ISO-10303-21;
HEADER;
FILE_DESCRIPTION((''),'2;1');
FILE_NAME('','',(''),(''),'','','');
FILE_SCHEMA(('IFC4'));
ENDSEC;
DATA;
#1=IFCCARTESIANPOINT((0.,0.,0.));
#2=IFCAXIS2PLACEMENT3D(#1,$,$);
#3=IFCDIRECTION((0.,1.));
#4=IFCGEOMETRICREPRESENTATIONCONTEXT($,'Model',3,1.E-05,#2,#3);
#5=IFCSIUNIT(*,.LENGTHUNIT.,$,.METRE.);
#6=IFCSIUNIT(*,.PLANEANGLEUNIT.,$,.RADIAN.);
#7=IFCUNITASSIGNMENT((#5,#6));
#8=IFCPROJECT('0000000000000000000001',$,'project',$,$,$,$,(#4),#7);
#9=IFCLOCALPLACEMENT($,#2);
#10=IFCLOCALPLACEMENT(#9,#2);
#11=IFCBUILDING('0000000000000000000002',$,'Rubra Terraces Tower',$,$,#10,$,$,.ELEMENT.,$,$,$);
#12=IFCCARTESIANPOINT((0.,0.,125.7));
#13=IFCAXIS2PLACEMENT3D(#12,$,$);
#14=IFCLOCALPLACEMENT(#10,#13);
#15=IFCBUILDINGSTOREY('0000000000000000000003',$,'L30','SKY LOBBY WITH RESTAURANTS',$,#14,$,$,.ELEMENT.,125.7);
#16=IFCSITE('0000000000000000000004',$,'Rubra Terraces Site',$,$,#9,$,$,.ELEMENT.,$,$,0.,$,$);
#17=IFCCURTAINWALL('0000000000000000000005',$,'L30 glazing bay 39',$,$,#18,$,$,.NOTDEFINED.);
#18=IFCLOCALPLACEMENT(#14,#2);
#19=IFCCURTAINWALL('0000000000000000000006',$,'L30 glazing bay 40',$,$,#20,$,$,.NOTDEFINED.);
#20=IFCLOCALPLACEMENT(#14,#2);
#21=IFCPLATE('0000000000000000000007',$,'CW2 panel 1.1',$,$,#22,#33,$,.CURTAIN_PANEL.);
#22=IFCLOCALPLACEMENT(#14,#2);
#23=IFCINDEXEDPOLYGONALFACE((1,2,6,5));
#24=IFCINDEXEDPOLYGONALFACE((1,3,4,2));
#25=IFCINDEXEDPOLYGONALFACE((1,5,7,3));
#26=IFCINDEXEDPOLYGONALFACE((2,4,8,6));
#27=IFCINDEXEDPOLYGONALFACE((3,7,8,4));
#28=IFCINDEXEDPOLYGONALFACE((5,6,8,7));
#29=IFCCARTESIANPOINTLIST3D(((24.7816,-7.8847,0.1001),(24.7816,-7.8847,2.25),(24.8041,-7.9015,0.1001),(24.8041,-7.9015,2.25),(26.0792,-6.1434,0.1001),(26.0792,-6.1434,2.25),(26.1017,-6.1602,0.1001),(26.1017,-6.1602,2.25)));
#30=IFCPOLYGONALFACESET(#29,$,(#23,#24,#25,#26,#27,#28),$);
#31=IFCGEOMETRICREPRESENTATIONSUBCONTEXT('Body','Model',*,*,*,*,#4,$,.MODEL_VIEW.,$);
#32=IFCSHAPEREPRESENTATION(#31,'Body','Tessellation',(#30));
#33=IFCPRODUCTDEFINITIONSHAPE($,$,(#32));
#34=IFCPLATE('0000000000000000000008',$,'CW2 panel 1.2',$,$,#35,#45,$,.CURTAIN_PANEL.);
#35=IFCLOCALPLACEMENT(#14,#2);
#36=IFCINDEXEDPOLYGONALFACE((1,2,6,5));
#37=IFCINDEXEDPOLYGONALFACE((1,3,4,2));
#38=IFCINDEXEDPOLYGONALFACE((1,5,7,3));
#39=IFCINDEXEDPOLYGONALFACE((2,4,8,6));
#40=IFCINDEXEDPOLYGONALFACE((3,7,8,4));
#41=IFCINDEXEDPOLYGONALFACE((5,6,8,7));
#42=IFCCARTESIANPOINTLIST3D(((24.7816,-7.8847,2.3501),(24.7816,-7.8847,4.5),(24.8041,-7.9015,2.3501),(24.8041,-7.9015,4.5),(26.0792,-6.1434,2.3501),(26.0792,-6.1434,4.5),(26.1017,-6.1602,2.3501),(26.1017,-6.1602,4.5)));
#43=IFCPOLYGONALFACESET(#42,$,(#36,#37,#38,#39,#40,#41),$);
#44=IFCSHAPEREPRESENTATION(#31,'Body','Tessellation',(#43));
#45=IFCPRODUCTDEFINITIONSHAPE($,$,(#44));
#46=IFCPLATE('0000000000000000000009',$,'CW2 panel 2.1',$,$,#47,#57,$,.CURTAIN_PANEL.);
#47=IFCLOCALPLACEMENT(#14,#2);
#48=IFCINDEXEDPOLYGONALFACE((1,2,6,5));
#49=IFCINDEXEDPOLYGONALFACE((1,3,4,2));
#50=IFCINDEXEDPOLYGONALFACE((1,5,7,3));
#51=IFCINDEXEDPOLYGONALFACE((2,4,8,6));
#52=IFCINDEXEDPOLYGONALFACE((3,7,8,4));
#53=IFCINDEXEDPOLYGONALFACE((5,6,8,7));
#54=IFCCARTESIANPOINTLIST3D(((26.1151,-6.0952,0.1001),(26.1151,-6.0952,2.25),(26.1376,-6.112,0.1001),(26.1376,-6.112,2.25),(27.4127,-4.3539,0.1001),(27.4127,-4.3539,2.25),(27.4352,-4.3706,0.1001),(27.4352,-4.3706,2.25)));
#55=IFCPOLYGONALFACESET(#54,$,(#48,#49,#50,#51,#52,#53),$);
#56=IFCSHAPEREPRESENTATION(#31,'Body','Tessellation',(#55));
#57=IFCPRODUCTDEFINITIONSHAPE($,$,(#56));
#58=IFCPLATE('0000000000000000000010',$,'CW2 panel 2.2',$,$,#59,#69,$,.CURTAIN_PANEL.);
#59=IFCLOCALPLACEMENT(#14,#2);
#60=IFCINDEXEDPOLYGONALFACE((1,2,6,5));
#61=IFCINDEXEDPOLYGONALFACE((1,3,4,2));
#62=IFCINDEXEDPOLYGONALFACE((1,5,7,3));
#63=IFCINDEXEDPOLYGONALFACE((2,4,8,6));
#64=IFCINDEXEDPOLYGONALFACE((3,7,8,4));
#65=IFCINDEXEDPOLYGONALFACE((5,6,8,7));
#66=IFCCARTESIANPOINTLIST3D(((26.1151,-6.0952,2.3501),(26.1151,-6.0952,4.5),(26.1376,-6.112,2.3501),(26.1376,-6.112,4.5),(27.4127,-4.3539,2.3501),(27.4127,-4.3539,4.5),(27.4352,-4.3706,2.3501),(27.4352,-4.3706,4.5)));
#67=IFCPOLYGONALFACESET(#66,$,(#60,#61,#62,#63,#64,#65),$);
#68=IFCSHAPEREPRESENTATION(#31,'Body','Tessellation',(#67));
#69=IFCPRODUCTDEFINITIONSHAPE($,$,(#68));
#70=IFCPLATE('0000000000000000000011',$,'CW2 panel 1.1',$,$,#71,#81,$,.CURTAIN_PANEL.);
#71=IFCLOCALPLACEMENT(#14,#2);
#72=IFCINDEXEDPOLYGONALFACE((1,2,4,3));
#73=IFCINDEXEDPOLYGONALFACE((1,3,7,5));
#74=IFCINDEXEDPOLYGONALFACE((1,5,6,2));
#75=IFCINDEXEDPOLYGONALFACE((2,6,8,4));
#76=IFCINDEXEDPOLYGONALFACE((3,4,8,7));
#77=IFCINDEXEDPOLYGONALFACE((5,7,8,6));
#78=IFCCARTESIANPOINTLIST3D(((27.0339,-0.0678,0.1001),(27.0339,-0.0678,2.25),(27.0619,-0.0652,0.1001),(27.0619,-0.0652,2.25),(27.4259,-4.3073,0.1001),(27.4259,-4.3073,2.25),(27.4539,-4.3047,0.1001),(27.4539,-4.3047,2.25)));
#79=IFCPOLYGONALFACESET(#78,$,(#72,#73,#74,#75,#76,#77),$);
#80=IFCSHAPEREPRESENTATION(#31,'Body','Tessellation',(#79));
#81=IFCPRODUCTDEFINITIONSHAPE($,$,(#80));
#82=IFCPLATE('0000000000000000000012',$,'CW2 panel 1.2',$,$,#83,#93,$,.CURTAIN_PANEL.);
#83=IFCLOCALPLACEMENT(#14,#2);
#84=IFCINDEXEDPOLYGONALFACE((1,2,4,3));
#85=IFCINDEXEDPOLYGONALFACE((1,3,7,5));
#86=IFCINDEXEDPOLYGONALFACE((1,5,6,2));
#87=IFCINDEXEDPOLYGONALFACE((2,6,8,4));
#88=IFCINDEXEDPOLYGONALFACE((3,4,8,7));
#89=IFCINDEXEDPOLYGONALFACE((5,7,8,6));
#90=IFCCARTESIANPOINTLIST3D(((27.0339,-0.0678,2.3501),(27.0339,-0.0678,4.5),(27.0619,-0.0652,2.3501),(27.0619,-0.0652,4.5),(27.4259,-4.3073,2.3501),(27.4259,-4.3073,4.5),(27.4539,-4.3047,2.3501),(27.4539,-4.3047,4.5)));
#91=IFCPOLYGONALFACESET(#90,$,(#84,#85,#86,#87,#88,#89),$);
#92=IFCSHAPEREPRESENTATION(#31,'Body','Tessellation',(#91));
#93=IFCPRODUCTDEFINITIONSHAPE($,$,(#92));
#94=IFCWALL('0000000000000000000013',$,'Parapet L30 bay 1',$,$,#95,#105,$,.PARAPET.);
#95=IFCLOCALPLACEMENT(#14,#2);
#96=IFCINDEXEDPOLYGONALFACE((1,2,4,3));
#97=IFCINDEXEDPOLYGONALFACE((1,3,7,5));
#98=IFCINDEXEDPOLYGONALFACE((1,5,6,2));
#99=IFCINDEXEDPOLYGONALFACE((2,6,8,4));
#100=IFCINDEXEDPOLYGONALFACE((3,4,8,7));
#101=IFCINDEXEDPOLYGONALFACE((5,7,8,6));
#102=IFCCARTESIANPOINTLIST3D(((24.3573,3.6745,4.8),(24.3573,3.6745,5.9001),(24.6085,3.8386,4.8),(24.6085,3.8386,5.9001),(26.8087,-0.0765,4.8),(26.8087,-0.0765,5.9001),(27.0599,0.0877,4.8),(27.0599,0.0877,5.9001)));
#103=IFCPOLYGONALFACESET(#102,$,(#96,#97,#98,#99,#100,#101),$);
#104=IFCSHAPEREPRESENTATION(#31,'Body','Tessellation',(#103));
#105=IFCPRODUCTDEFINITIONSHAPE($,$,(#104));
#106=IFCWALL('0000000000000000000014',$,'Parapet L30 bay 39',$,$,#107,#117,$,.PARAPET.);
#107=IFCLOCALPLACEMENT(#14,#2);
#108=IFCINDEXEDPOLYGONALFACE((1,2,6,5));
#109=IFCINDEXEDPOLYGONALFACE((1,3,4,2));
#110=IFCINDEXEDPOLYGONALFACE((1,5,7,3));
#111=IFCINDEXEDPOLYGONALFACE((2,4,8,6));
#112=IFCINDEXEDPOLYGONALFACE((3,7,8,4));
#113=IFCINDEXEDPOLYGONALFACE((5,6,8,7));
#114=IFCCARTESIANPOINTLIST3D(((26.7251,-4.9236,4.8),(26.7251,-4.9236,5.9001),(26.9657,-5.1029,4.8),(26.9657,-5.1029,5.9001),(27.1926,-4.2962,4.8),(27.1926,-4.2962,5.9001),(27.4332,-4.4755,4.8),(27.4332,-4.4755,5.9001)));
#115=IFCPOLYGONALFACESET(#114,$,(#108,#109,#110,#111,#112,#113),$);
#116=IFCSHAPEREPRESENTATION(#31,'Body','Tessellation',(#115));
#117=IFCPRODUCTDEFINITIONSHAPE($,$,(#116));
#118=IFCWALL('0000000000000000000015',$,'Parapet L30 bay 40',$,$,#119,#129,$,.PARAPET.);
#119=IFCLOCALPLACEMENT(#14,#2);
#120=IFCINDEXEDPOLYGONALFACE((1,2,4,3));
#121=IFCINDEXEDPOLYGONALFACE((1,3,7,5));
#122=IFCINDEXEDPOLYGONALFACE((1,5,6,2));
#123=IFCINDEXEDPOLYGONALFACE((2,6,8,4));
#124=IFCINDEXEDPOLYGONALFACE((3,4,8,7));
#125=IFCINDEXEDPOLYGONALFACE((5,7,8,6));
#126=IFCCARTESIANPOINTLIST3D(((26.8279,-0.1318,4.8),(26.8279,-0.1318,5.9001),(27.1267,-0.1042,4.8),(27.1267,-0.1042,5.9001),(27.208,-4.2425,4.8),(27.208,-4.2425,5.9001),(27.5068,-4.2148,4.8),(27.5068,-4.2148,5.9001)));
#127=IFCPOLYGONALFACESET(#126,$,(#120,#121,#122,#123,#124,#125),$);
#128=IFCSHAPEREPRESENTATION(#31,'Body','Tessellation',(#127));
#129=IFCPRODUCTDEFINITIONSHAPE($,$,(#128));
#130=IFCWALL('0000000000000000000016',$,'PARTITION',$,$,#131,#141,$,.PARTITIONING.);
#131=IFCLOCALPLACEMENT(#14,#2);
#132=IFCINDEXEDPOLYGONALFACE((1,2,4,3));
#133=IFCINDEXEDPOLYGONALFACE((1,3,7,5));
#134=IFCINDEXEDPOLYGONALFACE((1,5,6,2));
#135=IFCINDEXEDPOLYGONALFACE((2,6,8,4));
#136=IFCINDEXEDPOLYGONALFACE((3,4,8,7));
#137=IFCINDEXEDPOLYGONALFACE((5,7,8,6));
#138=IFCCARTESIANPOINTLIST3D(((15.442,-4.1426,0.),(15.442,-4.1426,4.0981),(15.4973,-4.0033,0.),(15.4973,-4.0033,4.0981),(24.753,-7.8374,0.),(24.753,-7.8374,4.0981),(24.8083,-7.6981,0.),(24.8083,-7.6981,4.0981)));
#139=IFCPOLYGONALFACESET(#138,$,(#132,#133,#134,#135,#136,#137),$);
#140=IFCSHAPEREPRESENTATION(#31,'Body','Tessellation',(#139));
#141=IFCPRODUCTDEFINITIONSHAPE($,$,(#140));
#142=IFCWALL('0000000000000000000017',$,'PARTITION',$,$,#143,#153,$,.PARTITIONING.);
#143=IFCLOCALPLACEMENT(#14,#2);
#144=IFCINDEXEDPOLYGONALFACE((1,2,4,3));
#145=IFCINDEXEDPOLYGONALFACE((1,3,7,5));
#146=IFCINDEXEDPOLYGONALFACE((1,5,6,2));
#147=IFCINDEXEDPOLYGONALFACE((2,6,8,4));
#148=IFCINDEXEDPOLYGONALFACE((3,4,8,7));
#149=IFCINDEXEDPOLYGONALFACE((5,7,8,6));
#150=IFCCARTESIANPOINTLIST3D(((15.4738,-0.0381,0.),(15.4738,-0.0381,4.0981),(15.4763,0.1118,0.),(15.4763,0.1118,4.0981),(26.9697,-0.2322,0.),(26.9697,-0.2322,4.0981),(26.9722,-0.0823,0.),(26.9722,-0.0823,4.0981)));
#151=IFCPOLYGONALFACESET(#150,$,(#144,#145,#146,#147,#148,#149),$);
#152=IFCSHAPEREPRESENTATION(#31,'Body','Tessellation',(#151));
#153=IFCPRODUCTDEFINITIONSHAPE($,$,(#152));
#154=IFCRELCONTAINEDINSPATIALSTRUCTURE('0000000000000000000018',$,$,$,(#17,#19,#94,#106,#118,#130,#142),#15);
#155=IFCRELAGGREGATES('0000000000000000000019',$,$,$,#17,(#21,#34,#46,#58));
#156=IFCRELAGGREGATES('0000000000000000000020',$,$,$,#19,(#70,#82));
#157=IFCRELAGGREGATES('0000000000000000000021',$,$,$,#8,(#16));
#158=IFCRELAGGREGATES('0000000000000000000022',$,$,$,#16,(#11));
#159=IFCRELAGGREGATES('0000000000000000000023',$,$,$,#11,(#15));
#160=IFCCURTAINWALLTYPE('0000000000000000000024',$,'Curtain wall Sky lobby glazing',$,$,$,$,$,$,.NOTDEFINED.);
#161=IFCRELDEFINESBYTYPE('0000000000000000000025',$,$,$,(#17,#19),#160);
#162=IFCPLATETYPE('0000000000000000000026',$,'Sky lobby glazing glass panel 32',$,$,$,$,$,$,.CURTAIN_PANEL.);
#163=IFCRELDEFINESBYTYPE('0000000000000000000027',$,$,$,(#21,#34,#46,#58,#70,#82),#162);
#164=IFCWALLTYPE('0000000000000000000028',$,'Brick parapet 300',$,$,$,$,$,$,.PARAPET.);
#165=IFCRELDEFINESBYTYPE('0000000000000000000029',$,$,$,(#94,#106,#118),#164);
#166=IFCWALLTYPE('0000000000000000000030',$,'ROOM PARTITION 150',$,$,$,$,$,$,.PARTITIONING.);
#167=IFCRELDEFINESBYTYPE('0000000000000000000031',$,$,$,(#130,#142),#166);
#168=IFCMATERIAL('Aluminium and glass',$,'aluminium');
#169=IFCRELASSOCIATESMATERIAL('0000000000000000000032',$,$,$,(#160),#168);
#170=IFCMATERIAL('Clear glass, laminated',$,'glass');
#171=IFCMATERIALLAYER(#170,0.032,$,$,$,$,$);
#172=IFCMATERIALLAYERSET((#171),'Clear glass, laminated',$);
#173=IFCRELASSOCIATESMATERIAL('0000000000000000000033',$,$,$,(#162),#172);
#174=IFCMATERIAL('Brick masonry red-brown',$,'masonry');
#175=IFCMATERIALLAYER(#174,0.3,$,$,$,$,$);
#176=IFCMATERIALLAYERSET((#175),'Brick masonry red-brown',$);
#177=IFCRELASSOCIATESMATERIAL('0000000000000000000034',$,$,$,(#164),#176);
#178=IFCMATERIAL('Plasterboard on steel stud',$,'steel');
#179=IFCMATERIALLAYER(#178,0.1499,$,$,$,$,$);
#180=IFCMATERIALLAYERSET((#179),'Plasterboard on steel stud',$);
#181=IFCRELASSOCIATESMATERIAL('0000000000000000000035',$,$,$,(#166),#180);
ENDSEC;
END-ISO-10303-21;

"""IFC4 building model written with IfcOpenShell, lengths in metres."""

from ifc_helpers import new_model, si_unit, direction, frame, frame_2d, origin, origin_2d, place, context, subcontext, project, spatial, rectangle, extrude, material, layer, layer_set, type_object, element, aggregate, save


model = new_model("IFC4")

# Units and contexts
model_context = context("Model", 3, precision=1e-05, world=origin(), true_north=direction((0.0, 1.0)))
body_context = subcontext(model_context, "Body", "Model", "MODEL_VIEW")
ifc_project = project(units=[si_unit("LENGTHUNIT", "METRE"), si_unit("PLANEANGLEUNIT", "RADIAN")], contexts=[model_context])

# Site, building, storey
site_placement = place(None, origin())
site = spatial("IfcSite", under=ifc_project, at=site_placement, Name="Rubra Terraces Site", CompositionType="ELEMENT", RefElevation=0.0)
building_placement = place(site_placement, origin())
building = spatial("IfcBuilding", under=site, at=building_placement, Name="Rubra Terraces Tower", CompositionType="ELEMENT")
storey_placement = place(building_placement, frame((0.0, 0.0, 125.7)))
storey = spatial("IfcBuildingStorey", under=building, at=storey_placement, Name="L30", Description="SKY LOBBY WITH RESTAURANTS", CompositionType="ELEMENT", Elevation=125.7)

# Curtain walls
ifc_material_1 = material(Name="Aluminium and glass", Category="aluminium")
curtain_wall_type = type_object("IfcCurtainWallType", Name="Curtain wall Sky lobby glazing", PredefinedType="NOTDEFINED", material=ifc_material_1)
curtain_wall_1_placement = place(storey_placement, origin())
curtain_wall_1 = element("IfcCurtainWall", 1, at=curtain_wall_1_placement, inside=storey, type_object=curtain_wall_type, Name="L30 glazing bay 39", PredefinedType="NOTDEFINED")
curtain_wall_2_placement = place(storey_placement, origin())
curtain_wall_2 = element("IfcCurtainWall", 2, at=curtain_wall_2_placement, inside=storey, type_object=curtain_wall_type, Name="L30 glazing bay 40", PredefinedType="NOTDEFINED")

# Plates
ifc_material_2 = material(Name="Clear glass, laminated", Category="glass")
ifc_layer_1 = layer(ifc_material_2, 0.032)
ifc_layer_set_1 = layer_set([ifc_layer_1], Name="Clear glass, laminated")
plate_type = type_object("IfcPlateType", Name="Sky lobby glazing glass panel 32", PredefinedType="CURTAIN_PANEL", material=ifc_layer_set_1)
plate_1_placement = place(storey_placement, frame((25.4417, -7.0225, 0.1001), z_axis=(0.0, 0.0, 1.0), x_axis=(0.597532, 0.801845, 0.0)))
plate_1 = element("IfcPlate", 3, at=plate_1_placement, type_object=plate_type, Name="CW2 panel 1.1", PredefinedType="CURTAIN_PANEL", context=body_context, shape_type="SweptSolid", body=[
    extrude(rectangle(XDim=2.1716, YDim=0.0281, at=origin_2d()), origin(), (0.0, 0.0, 1.0), 2.1499),
])
plate_2_placement = place(storey_placement, frame((25.4417, -7.0225, 2.3501), z_axis=(0.0, 0.0, 1.0), x_axis=(0.597532, 0.801845, 0.0)))
plate_2 = element("IfcPlate", 4, at=plate_2_placement, type_object=plate_type, Name="CW2 panel 1.2", PredefinedType="CURTAIN_PANEL", context=body_context, shape_type="SweptSolid", body=[
    extrude(rectangle(XDim=2.1716, YDim=0.0281, at=origin_2d()), origin(), (0.0, 0.0, 1.0), 2.1499),
])
plate_3_placement = place(storey_placement, frame((26.7751, -5.2329, 0.1001), z_axis=(0.0, 0.0, 1.0), x_axis=(0.597532, 0.801845, 0.0)))
plate_3 = element("IfcPlate", 5, at=plate_3_placement, type_object=plate_type, Name="CW2 panel 2.1", PredefinedType="CURTAIN_PANEL", context=body_context, shape_type="SweptSolid", body=[
    extrude(rectangle(XDim=2.1716, YDim=0.0281, at=origin_2d()), origin(), (0.0, 0.0, 1.0), 2.1499),
])
plate_4_placement = place(storey_placement, frame((26.7751, -5.2329, 2.3501), z_axis=(0.0, 0.0, 1.0), x_axis=(0.597532, 0.801845, 0.0)))
plate_4 = element("IfcPlate", 6, at=plate_4_placement, type_object=plate_type, Name="CW2 panel 2.2", PredefinedType="CURTAIN_PANEL", context=body_context, shape_type="SweptSolid", body=[
    extrude(rectangle(XDim=2.1716, YDim=0.0281, at=origin_2d()), origin(), (0.0, 0.0, 1.0), 2.1499),
])
aggregate(curtain_wall_1, [plate_1, plate_2, plate_3, plate_4])
plate_5_placement = place(storey_placement, frame((27.2439, -2.1863, 0.1001), z_axis=(0.0, 0.0, 1.0), x_axis=(-0.09206, 0.995753, 0.0)))
plate_5 = element("IfcPlate", 7, at=plate_5_placement, type_object=plate_type, Name="CW2 panel 1.1", PredefinedType="CURTAIN_PANEL", context=body_context, shape_type="SweptSolid", body=[
    extrude(rectangle(XDim=4.2576, YDim=0.0281, at=origin_2d()), origin(), (0.0, 0.0, 1.0), 2.1499),
])
plate_6_placement = place(storey_placement, frame((27.2439, -2.1863, 2.3501), z_axis=(0.0, 0.0, 1.0), x_axis=(-0.09206, 0.995753, 0.0)))
plate_6 = element("IfcPlate", 8, at=plate_6_placement, type_object=plate_type, Name="CW2 panel 1.2", PredefinedType="CURTAIN_PANEL", context=body_context, shape_type="SweptSolid", body=[
    extrude(rectangle(XDim=4.2576, YDim=0.0281, at=origin_2d()), origin(), (0.0, 0.0, 1.0), 2.1499),
])
aggregate(curtain_wall_2, [plate_5, plate_6])

# Walls
ifc_material_3 = material(Name="Brick masonry red-brown", Category="masonry")
ifc_layer_2 = layer(ifc_material_3, 0.3)
ifc_layer_set_2 = layer_set([ifc_layer_2], Name="Brick masonry red-brown")
wall_type_1 = type_object("IfcWallType", Name="Brick parapet 300", PredefinedType="PARAPET", material=ifc_layer_set_2)
wall_1_placement = place(storey_placement, frame((26.9343, 0.0056, 4.8), z_axis=(0.0, 0.0, 1.0), x_axis=(-0.54707, 0.837087, 0.0)))
element("IfcWall", 9, at=wall_1_placement, inside=storey, type_object=wall_type_1, Name="Parapet L30 bay 1", PredefinedType="PARAPET", context=body_context, shape_type="SweptSolid", body=[
    extrude(rectangle(XDim=4.481, YDim=0.3, at=frame_2d((2.2405, 0.0))), origin(), (0.0, 0.0, 1.0), 1.1001),
])
wall_2_placement = place(storey_placement, frame((26.8455, -5.0132, 4.8), z_axis=(0.0, 0.0, 1.0), x_axis=(0.597501, 0.801868, 0.0)))
element("IfcWall", 10, at=wall_2_placement, inside=storey, type_object=wall_type_1, Name="Parapet L30 bay 39", PredefinedType="PARAPET", context=body_context, shape_type="SweptSolid", body=[
    extrude(rectangle(XDim=0.7825, YDim=0.3, at=frame_2d((0.3911, 0.0))), origin(), (0.0, 0.0, 1.0), 1.1001),
])
wall_3_placement = place(storey_placement, frame((27.3574, -4.2285, 4.8), z_axis=(0.0, 0.0, 1.0), x_axis=(-0.092082, 0.995751, 0.0)))
element("IfcWall", 11, at=wall_3_placement, inside=storey, type_object=wall_type_1, Name="Parapet L30 bay 40", PredefinedType="PARAPET", context=body_context, shape_type="SweptSolid", body=[
    extrude(rectangle(XDim=4.1282, YDim=0.3, at=frame_2d((2.064, 0.0))), origin(), (0.0, 0.0, 1.0), 1.1001),
])
ifc_material_4 = material(Name="Plasterboard on steel stud", Category="steel")
ifc_layer_3 = layer(ifc_material_4, 0.1499)
ifc_layer_set_3 = layer_set([ifc_layer_3], Name="Plasterboard on steel stud")
wall_type_2 = type_object("IfcWallType", Name="ROOM PARTITION 150", PredefinedType="PARTITIONING", material=ifc_layer_set_3)
wall_4_placement = place(storey_placement, frame((24.7808, -7.7678, 0.0), z_axis=(0.0, 0.0, 1.0), x_axis=(-0.929492, 0.368843, 0.0)))
element("IfcWall", 12, at=wall_4_placement, inside=storey, type_object=wall_type_2, Name="PARTITION", PredefinedType="PARTITIONING", context=body_context, shape_type="SweptSolid", body=[
    extrude(rectangle(XDim=10.0173, YDim=0.1499, at=frame_2d((5.0088, 0.0))), origin(), (0.0, 0.0, 1.0), 4.0981),
])
wall_5_placement = place(storey_placement, frame((26.9709, -0.1572, 0.0), z_axis=(0.0, 0.0, 1.0), x_axis=(-0.999858, 0.016881, 0.0)))
element("IfcWall", 13, at=wall_5_placement, inside=storey, type_object=wall_type_2, Name="PARTITION", PredefinedType="PARTITIONING", context=body_context, shape_type="SweptSolid", body=[
    extrude(rectangle(XDim=11.4976, YDim=0.1499, at=frame_2d((5.7488, 0.0))), origin(), (0.0, 0.0, 1.0), 4.0981),
])

save(model, "model.ifc")
